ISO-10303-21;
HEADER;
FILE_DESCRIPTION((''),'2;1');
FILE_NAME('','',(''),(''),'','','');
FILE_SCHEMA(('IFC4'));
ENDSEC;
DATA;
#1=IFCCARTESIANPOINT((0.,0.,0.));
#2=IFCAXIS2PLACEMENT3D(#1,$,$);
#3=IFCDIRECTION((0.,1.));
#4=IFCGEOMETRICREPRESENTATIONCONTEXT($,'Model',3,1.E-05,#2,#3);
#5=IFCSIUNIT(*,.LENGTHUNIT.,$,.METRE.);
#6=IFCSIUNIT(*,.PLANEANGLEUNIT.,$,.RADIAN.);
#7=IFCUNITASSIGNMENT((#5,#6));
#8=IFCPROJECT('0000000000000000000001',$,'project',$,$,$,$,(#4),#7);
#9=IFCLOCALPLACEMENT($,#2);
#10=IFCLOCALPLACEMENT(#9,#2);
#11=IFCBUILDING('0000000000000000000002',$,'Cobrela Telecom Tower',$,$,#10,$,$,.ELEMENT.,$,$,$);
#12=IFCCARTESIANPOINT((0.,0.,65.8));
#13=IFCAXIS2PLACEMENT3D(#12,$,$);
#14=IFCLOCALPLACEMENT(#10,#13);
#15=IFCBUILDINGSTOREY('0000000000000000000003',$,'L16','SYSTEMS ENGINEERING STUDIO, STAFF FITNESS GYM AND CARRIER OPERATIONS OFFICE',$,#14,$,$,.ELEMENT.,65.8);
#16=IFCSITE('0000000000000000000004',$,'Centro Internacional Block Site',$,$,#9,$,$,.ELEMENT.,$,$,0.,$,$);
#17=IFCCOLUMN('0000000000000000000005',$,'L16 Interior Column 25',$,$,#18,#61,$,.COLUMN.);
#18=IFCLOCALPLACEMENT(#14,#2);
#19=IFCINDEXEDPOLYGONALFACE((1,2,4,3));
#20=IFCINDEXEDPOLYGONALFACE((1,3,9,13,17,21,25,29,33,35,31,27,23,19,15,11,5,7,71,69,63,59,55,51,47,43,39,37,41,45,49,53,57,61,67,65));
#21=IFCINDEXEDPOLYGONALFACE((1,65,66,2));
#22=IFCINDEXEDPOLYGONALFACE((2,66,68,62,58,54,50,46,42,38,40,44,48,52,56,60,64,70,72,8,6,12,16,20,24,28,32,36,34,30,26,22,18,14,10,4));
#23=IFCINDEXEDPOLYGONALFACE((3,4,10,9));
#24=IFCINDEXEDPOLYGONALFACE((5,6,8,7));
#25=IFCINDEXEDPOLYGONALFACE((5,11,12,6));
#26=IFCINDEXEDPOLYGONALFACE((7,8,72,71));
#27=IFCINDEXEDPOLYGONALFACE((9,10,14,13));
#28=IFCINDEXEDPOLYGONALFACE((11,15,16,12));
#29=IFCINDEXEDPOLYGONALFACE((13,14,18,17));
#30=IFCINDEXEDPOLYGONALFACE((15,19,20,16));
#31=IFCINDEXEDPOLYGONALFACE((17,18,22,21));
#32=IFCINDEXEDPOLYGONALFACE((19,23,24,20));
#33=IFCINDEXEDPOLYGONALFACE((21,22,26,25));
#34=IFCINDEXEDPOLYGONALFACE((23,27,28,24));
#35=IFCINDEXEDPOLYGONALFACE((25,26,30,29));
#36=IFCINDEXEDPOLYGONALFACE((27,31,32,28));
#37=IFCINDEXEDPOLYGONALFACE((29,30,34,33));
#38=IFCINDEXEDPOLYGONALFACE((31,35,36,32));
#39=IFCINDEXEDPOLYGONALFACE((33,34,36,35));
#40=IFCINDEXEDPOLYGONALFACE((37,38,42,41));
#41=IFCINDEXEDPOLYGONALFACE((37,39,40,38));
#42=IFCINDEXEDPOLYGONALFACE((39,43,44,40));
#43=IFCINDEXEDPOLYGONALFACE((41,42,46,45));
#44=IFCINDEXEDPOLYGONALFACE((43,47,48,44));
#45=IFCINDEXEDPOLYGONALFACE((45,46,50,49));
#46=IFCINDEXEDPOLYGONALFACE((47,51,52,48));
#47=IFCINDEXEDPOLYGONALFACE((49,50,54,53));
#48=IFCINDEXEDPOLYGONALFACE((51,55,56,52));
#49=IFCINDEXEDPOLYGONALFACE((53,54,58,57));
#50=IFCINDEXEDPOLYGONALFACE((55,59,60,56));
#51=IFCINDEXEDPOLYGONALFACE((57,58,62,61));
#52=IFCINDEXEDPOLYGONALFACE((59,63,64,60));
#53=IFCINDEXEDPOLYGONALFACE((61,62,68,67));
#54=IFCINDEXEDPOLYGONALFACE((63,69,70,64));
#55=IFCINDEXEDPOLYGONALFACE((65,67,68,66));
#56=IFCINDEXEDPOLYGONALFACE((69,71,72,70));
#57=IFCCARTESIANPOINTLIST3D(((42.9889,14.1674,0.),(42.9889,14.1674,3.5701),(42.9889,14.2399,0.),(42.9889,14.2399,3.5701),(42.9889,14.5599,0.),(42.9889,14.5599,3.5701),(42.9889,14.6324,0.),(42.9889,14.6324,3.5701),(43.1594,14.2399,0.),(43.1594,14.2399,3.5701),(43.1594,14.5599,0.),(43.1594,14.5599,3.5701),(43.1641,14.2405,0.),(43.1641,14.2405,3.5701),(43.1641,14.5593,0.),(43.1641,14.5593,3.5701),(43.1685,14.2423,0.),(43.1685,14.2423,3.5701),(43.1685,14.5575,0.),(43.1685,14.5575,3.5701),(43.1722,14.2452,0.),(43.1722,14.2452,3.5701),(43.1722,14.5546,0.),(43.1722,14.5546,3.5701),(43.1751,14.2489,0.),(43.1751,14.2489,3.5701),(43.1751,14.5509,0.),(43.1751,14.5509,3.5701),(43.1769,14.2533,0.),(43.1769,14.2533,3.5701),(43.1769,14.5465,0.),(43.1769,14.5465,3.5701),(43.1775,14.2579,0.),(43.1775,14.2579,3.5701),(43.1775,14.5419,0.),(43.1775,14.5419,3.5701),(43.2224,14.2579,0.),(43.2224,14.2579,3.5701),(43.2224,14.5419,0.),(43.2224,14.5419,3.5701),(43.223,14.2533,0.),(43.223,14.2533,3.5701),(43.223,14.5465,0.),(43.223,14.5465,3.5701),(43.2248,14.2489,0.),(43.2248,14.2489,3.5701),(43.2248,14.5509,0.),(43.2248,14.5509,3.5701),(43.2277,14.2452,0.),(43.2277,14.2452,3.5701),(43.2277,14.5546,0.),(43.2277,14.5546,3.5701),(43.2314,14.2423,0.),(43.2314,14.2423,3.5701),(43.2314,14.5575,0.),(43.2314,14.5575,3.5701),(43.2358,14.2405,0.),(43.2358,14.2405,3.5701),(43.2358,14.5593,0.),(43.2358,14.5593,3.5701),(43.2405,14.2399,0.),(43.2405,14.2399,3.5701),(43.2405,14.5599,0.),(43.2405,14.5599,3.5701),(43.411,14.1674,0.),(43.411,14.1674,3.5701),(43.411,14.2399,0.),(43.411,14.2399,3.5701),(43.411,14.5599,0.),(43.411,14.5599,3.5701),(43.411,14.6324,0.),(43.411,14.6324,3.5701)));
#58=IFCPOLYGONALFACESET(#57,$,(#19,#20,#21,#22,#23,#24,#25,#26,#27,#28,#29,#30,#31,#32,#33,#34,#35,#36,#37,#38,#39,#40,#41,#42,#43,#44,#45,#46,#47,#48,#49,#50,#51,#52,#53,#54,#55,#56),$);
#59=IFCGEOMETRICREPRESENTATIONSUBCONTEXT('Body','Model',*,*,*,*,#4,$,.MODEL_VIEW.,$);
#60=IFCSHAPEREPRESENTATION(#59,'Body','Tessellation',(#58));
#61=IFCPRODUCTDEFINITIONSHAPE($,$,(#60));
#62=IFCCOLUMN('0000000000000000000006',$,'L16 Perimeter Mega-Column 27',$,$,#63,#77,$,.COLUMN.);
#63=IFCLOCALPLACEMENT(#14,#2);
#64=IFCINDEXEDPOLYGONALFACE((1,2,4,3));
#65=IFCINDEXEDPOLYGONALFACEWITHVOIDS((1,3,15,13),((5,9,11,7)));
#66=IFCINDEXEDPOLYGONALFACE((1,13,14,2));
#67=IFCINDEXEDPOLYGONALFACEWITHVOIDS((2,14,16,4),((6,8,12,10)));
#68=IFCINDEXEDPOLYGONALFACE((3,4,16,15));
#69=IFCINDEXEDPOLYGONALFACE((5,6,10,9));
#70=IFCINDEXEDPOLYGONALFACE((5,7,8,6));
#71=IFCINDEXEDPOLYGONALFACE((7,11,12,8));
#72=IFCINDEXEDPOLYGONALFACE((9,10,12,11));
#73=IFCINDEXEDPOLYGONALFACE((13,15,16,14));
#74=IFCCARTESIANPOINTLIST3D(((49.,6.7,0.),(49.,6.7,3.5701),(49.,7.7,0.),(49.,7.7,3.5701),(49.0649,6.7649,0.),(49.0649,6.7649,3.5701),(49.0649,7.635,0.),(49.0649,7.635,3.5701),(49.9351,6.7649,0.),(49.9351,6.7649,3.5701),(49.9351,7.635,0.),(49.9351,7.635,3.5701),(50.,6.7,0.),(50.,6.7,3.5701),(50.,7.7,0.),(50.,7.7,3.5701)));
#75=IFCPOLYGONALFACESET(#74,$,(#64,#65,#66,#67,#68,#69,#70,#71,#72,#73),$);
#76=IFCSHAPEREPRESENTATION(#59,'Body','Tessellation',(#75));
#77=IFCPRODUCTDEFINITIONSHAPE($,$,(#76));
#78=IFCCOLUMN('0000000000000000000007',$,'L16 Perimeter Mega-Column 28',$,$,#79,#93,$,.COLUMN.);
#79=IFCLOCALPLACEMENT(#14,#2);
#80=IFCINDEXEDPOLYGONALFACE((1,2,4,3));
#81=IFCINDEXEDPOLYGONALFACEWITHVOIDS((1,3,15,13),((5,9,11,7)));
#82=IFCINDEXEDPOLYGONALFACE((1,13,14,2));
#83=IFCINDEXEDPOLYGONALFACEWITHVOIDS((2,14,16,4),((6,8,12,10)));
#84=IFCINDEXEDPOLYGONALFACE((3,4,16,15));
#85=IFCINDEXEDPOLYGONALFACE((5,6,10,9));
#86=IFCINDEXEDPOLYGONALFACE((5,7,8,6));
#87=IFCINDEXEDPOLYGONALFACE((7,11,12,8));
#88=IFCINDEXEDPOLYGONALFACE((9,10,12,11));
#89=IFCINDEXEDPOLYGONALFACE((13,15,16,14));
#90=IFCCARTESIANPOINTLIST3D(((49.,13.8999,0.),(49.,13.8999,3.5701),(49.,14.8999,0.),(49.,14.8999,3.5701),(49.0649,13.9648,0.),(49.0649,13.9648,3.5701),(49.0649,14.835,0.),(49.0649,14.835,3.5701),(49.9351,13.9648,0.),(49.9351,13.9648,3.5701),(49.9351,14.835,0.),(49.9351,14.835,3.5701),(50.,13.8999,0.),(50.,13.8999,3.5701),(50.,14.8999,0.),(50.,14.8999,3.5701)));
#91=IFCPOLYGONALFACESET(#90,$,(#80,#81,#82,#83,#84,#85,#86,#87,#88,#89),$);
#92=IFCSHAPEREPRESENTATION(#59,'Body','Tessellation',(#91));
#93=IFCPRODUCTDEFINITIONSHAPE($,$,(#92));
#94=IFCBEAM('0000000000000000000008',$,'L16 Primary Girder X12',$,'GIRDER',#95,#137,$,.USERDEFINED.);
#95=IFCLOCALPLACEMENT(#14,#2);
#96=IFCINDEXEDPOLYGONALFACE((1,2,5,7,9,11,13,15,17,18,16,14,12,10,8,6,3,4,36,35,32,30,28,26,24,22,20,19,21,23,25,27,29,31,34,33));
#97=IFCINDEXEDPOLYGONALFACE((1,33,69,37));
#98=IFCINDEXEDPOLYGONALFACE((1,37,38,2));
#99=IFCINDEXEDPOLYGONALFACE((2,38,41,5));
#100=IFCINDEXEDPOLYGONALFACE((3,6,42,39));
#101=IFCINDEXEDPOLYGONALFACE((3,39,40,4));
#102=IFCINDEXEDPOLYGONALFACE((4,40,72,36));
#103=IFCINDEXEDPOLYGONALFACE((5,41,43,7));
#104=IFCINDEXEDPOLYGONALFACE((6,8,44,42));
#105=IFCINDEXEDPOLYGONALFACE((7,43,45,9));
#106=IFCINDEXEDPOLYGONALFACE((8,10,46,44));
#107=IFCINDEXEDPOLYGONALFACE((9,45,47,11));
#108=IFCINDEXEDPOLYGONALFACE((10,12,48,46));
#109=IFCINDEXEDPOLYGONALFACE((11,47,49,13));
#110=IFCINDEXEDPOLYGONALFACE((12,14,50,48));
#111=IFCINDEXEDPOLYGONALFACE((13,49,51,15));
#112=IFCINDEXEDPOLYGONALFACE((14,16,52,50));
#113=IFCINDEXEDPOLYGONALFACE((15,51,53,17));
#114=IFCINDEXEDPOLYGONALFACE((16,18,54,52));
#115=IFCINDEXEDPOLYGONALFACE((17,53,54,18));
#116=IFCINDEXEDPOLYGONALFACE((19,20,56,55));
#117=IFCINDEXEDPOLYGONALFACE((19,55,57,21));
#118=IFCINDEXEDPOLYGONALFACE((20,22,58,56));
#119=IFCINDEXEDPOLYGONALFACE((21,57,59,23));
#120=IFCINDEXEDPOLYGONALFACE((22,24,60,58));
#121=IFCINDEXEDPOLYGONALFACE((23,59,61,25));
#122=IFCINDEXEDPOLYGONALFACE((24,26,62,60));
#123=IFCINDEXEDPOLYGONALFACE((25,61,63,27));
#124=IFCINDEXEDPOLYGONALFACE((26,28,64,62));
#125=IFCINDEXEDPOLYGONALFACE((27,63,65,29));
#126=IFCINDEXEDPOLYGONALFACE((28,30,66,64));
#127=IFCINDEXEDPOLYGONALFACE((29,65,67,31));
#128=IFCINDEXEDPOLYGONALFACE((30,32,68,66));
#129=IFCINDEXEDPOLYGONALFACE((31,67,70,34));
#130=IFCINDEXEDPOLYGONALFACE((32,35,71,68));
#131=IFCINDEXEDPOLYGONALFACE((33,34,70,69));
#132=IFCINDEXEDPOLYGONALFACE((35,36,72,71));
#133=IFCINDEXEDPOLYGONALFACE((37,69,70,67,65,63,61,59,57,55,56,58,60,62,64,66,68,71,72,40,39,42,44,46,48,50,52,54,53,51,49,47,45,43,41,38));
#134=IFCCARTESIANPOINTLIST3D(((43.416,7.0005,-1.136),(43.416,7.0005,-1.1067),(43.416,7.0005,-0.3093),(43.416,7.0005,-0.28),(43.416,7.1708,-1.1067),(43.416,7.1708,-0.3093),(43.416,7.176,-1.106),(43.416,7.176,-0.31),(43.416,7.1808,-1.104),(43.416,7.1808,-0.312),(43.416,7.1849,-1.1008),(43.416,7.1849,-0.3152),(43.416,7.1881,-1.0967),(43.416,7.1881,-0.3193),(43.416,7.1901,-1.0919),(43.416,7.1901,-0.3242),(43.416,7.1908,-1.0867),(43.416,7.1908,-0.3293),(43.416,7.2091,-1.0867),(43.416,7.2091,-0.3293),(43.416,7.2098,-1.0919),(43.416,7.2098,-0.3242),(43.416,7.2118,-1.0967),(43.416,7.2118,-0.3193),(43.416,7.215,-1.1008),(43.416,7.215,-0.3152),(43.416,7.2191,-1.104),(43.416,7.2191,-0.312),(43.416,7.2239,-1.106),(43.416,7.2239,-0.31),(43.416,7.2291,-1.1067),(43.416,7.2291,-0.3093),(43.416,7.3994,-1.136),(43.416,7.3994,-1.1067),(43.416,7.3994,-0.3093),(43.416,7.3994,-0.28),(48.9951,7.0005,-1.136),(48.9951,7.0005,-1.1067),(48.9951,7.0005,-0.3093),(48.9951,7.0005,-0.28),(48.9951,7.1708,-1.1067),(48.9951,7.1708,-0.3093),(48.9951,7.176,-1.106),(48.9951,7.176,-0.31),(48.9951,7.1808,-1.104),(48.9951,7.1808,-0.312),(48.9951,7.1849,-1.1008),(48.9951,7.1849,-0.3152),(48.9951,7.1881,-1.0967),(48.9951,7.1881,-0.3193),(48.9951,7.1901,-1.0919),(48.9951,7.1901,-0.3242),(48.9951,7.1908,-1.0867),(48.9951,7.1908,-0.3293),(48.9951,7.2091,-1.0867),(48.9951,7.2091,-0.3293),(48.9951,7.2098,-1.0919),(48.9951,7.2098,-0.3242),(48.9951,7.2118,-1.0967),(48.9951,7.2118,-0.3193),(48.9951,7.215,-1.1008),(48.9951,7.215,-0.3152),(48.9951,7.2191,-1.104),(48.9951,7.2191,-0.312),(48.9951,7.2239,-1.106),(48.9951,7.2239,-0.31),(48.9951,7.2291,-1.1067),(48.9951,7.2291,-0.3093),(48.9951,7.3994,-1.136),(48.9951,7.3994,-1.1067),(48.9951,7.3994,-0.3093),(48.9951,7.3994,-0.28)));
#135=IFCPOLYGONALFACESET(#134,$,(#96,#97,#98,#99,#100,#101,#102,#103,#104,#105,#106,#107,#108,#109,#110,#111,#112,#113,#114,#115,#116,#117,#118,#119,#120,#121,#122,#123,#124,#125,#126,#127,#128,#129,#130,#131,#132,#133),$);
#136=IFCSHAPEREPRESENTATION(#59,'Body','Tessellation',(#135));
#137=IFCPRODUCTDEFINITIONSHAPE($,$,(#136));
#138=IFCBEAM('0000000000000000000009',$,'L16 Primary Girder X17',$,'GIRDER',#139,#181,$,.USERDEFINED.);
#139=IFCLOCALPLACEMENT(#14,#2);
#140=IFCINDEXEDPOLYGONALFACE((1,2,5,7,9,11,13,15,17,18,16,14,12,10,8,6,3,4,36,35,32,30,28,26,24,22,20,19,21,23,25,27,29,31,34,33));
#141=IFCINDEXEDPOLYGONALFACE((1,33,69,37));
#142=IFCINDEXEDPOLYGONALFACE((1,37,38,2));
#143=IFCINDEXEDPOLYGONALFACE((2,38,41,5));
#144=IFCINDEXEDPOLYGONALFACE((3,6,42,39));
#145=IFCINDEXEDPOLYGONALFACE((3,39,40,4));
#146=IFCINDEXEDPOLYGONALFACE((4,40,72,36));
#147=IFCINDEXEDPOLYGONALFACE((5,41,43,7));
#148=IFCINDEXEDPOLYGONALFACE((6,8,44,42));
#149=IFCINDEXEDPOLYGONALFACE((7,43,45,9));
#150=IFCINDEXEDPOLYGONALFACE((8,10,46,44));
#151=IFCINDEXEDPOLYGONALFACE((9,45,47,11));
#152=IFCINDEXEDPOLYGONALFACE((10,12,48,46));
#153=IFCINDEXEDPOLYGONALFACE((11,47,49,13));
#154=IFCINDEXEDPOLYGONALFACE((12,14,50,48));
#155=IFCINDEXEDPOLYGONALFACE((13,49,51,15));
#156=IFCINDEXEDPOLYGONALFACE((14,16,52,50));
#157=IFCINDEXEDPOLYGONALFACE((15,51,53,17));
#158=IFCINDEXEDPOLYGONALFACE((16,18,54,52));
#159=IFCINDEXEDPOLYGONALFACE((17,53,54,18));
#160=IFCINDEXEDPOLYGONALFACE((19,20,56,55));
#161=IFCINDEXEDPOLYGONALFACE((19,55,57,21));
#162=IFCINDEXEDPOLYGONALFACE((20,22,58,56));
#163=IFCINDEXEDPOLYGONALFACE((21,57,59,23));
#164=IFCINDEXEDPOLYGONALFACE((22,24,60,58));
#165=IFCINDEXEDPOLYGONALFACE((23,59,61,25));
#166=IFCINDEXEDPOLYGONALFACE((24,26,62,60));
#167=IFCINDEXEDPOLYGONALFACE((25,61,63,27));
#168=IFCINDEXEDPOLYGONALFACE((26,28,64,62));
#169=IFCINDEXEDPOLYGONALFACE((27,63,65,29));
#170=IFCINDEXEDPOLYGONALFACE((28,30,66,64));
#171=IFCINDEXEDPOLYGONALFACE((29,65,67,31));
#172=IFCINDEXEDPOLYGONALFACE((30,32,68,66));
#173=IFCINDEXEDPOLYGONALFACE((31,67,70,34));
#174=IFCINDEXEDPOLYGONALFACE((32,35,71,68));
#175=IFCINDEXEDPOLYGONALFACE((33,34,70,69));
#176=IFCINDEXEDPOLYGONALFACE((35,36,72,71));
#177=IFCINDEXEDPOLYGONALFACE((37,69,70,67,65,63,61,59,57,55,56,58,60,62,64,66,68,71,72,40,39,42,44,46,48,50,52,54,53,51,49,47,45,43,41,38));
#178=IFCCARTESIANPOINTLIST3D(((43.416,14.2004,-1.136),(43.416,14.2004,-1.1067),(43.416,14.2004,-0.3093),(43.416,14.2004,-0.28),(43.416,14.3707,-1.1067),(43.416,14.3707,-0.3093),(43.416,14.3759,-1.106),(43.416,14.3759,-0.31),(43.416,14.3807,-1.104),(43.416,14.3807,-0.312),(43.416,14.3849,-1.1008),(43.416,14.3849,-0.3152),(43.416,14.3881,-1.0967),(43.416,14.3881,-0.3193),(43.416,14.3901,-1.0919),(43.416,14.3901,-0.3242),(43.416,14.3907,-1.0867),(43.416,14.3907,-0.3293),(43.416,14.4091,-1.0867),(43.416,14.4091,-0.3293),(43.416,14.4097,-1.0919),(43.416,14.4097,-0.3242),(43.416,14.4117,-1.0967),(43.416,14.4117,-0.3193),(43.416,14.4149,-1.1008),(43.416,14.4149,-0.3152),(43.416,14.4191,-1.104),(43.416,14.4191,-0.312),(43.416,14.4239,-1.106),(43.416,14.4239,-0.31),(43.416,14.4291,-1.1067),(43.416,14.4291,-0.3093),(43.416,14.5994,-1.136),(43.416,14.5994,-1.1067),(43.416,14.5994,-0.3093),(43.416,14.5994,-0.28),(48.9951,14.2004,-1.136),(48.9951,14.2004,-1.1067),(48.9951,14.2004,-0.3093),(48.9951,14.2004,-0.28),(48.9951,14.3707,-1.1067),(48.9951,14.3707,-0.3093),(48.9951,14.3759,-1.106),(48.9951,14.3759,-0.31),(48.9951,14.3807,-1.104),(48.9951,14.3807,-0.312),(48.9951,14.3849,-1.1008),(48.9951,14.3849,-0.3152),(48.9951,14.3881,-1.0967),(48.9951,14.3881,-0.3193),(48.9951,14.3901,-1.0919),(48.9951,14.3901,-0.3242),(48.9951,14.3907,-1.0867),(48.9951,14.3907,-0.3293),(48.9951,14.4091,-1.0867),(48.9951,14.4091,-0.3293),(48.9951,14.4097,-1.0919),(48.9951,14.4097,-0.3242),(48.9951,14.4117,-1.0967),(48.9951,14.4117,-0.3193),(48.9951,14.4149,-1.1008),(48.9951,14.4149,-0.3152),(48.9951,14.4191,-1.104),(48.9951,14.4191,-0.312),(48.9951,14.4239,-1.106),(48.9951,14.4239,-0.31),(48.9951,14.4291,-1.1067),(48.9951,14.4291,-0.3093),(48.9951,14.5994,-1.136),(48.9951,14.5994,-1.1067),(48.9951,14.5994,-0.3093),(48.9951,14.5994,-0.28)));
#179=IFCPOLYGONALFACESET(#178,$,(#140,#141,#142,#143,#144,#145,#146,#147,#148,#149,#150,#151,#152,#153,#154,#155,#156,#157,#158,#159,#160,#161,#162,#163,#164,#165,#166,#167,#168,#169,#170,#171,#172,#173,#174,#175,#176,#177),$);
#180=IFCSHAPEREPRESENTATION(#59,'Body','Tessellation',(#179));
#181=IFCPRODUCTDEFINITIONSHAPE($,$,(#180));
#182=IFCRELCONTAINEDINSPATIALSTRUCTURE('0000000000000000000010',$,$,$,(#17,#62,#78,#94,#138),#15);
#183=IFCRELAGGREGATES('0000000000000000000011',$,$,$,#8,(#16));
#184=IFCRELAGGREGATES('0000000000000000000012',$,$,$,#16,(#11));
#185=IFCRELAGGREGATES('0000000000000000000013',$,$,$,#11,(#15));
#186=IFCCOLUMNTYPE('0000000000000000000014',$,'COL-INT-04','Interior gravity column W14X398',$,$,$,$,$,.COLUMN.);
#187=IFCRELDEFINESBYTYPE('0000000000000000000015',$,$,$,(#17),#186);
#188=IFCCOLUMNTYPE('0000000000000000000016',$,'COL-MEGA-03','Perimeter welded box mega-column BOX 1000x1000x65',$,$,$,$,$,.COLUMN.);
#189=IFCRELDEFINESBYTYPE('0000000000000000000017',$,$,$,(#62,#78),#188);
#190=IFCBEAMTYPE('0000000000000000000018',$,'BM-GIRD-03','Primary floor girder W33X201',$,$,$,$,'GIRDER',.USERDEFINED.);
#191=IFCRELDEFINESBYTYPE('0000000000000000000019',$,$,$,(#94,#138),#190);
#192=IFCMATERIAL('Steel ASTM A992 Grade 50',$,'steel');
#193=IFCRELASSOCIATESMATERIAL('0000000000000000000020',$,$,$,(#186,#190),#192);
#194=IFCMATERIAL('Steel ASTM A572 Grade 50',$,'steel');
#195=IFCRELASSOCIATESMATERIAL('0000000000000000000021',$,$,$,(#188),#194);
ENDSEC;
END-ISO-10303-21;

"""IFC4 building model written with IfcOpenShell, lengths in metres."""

from ifc_helpers import new_model, si_unit, direction, frame, origin, origin_2d, place, context, subcontext, project, spatial, hollow_rectangle, i_section, extrude, material, material_profile, profile_set, type_object, element, save


model = new_model("IFC4")

# Units and contexts
model_context = context("Model", 3, precision=1e-05, world=origin(), true_north=direction((0.0, 1.0)))
body_context = subcontext(model_context, "Body", "Model", "MODEL_VIEW")
ifc_project = project(units=[si_unit("LENGTHUNIT", "METRE"), si_unit("PLANEANGLEUNIT", "RADIAN")], contexts=[model_context])

# Site, building, storey
site_placement = place(None, origin())
site = spatial("IfcSite", under=ifc_project, at=site_placement, Name="Centro Internacional Block Site", CompositionType="ELEMENT", RefElevation=0.0)
building_placement = place(site_placement, origin())
building = spatial("IfcBuilding", under=site, at=building_placement, Name="Cobrela Telecom Tower", CompositionType="ELEMENT")
storey_placement = place(building_placement, frame((0.0, 0.0, 65.8)))
storey = spatial("IfcBuildingStorey", under=building, at=storey_placement, Name="L16", Description="SYSTEMS ENGINEERING STUDIO, STAFF FITNESS GYM AND CARRIER OPERATIONS OFFICE", CompositionType="ELEMENT", Elevation=65.8)

# Columns
ifc_material_1 = material(Name="Steel ASTM A992 Grade 50", Category="steel")
ifc_material_profile_1 = material_profile(ifc_material_1, i_section(OverallWidth=0.4221, OverallDepth=0.4651, WebThickness=0.0449, FlangeThickness=0.0725, FilletRadius=0.0181, at=origin_2d()), Name="W14X398")
ifc_profile_set_1 = profile_set([ifc_material_profile_1], Name="Steel ASTM A992 Grade 50")
column_type_1 = type_object("IfcColumnType", Name="COL-INT-04", Description="Interior gravity column W14X398", PredefinedType="COLUMN", material=ifc_profile_set_1)
column_placement = place(storey_placement, frame((43.2, 14.3999, 0.0), z_axis=(0.0, 0.0, 1.0), x_axis=(1.0, 0.0, 0.0)))
element("IfcColumn", 1, at=column_placement, inside=storey, type_object=column_type_1, Name="L16 Interior Column 25", PredefinedType="COLUMN", context=body_context, shape_type="SweptSolid", body=[
    extrude(i_section(OverallWidth=0.4221, OverallDepth=0.4651, WebThickness=0.0449, FlangeThickness=0.0725, FilletRadius=0.0181, at=origin_2d()), origin(), (0.0, 0.0, 1.0), 3.5701),
])
ifc_material_2 = material(Name="Steel ASTM A572 Grade 50", Category="steel")
ifc_material_profile_2 = material_profile(ifc_material_2, hollow_rectangle(XDim=1.0, YDim=1.0, WallThickness=0.0649, at=origin_2d()), Name="BOX 1000x1000x65")
ifc_profile_set_2 = profile_set([ifc_material_profile_2], Name="Steel ASTM A572 Grade 50")
column_type_2 = type_object("IfcColumnType", Name="COL-MEGA-03", Description="Perimeter welded box mega-column BOX 1000x1000x65", PredefinedType="COLUMN", material=ifc_profile_set_2)
for number, where, z_axis, x_axis, name in (
    (2, (49.5, 7.2, 0.0), (0.0, 0.0, 1.0), (1.0, 0.0, 0.0), "L16 Perimeter Mega-Column 27"),
    (3, (49.5, 14.3999, 0.0), (0.0, 0.0, 1.0), (1.0, 0.0, 0.0), "L16 Perimeter Mega-Column 28"),
):
    element("IfcColumn", number, at=place(storey_placement, frame(where, z_axis=z_axis, x_axis=x_axis)), inside=storey, type_object=column_type_2, Name=name, PredefinedType="COLUMN", context=body_context, shape_type="SweptSolid", body=[
        extrude(hollow_rectangle(XDim=1.0, YDim=1.0, WallThickness=0.0649, at=origin_2d()), origin(), (0.0, 0.0, 1.0), 3.5701),
    ])

# Beams
ifc_material_profile_3 = material_profile(ifc_material_1, i_section(OverallWidth=0.3989, OverallDepth=0.856, WebThickness=0.0183, FlangeThickness=0.0293, FilletRadius=0.02, at=origin_2d()), Name="W33X201")
ifc_profile_set_3 = profile_set([ifc_material_profile_3], Name="Steel ASTM A992 Grade 50")
beam_type_1 = type_object("IfcBeamType", Name="BM-GIRD-03", Description="Primary floor girder W33X201", ElementType="GIRDER", PredefinedType="USERDEFINED", material=ifc_profile_set_3)
for number, where, z_axis, x_axis, name in (
    (4, (43.416, 7.2, -0.708), (1.0, 0.0, 0.0), (0.0, 1.0, 0.0), "L16 Primary Girder X12"),
    (5, (43.416, 14.3999, -0.708), (1.0, 0.0, 0.0), (0.0, 1.0, 0.0), "L16 Primary Girder X17"),
):
    element("IfcBeam", number, at=place(storey_placement, frame(where, z_axis=z_axis, x_axis=x_axis)), inside=storey, type_object=beam_type_1, Name=name, ObjectType="GIRDER", PredefinedType="USERDEFINED", context=body_context, shape_type="SweptSolid", body=[
        extrude(i_section(OverallWidth=0.3989, OverallDepth=0.856, WebThickness=0.0183, FlangeThickness=0.0293, FilletRadius=0.02, at=origin_2d()), origin(), (0.0, 0.0, 1.0), 5.5791),
    ])

save(model, "model.ifc")
